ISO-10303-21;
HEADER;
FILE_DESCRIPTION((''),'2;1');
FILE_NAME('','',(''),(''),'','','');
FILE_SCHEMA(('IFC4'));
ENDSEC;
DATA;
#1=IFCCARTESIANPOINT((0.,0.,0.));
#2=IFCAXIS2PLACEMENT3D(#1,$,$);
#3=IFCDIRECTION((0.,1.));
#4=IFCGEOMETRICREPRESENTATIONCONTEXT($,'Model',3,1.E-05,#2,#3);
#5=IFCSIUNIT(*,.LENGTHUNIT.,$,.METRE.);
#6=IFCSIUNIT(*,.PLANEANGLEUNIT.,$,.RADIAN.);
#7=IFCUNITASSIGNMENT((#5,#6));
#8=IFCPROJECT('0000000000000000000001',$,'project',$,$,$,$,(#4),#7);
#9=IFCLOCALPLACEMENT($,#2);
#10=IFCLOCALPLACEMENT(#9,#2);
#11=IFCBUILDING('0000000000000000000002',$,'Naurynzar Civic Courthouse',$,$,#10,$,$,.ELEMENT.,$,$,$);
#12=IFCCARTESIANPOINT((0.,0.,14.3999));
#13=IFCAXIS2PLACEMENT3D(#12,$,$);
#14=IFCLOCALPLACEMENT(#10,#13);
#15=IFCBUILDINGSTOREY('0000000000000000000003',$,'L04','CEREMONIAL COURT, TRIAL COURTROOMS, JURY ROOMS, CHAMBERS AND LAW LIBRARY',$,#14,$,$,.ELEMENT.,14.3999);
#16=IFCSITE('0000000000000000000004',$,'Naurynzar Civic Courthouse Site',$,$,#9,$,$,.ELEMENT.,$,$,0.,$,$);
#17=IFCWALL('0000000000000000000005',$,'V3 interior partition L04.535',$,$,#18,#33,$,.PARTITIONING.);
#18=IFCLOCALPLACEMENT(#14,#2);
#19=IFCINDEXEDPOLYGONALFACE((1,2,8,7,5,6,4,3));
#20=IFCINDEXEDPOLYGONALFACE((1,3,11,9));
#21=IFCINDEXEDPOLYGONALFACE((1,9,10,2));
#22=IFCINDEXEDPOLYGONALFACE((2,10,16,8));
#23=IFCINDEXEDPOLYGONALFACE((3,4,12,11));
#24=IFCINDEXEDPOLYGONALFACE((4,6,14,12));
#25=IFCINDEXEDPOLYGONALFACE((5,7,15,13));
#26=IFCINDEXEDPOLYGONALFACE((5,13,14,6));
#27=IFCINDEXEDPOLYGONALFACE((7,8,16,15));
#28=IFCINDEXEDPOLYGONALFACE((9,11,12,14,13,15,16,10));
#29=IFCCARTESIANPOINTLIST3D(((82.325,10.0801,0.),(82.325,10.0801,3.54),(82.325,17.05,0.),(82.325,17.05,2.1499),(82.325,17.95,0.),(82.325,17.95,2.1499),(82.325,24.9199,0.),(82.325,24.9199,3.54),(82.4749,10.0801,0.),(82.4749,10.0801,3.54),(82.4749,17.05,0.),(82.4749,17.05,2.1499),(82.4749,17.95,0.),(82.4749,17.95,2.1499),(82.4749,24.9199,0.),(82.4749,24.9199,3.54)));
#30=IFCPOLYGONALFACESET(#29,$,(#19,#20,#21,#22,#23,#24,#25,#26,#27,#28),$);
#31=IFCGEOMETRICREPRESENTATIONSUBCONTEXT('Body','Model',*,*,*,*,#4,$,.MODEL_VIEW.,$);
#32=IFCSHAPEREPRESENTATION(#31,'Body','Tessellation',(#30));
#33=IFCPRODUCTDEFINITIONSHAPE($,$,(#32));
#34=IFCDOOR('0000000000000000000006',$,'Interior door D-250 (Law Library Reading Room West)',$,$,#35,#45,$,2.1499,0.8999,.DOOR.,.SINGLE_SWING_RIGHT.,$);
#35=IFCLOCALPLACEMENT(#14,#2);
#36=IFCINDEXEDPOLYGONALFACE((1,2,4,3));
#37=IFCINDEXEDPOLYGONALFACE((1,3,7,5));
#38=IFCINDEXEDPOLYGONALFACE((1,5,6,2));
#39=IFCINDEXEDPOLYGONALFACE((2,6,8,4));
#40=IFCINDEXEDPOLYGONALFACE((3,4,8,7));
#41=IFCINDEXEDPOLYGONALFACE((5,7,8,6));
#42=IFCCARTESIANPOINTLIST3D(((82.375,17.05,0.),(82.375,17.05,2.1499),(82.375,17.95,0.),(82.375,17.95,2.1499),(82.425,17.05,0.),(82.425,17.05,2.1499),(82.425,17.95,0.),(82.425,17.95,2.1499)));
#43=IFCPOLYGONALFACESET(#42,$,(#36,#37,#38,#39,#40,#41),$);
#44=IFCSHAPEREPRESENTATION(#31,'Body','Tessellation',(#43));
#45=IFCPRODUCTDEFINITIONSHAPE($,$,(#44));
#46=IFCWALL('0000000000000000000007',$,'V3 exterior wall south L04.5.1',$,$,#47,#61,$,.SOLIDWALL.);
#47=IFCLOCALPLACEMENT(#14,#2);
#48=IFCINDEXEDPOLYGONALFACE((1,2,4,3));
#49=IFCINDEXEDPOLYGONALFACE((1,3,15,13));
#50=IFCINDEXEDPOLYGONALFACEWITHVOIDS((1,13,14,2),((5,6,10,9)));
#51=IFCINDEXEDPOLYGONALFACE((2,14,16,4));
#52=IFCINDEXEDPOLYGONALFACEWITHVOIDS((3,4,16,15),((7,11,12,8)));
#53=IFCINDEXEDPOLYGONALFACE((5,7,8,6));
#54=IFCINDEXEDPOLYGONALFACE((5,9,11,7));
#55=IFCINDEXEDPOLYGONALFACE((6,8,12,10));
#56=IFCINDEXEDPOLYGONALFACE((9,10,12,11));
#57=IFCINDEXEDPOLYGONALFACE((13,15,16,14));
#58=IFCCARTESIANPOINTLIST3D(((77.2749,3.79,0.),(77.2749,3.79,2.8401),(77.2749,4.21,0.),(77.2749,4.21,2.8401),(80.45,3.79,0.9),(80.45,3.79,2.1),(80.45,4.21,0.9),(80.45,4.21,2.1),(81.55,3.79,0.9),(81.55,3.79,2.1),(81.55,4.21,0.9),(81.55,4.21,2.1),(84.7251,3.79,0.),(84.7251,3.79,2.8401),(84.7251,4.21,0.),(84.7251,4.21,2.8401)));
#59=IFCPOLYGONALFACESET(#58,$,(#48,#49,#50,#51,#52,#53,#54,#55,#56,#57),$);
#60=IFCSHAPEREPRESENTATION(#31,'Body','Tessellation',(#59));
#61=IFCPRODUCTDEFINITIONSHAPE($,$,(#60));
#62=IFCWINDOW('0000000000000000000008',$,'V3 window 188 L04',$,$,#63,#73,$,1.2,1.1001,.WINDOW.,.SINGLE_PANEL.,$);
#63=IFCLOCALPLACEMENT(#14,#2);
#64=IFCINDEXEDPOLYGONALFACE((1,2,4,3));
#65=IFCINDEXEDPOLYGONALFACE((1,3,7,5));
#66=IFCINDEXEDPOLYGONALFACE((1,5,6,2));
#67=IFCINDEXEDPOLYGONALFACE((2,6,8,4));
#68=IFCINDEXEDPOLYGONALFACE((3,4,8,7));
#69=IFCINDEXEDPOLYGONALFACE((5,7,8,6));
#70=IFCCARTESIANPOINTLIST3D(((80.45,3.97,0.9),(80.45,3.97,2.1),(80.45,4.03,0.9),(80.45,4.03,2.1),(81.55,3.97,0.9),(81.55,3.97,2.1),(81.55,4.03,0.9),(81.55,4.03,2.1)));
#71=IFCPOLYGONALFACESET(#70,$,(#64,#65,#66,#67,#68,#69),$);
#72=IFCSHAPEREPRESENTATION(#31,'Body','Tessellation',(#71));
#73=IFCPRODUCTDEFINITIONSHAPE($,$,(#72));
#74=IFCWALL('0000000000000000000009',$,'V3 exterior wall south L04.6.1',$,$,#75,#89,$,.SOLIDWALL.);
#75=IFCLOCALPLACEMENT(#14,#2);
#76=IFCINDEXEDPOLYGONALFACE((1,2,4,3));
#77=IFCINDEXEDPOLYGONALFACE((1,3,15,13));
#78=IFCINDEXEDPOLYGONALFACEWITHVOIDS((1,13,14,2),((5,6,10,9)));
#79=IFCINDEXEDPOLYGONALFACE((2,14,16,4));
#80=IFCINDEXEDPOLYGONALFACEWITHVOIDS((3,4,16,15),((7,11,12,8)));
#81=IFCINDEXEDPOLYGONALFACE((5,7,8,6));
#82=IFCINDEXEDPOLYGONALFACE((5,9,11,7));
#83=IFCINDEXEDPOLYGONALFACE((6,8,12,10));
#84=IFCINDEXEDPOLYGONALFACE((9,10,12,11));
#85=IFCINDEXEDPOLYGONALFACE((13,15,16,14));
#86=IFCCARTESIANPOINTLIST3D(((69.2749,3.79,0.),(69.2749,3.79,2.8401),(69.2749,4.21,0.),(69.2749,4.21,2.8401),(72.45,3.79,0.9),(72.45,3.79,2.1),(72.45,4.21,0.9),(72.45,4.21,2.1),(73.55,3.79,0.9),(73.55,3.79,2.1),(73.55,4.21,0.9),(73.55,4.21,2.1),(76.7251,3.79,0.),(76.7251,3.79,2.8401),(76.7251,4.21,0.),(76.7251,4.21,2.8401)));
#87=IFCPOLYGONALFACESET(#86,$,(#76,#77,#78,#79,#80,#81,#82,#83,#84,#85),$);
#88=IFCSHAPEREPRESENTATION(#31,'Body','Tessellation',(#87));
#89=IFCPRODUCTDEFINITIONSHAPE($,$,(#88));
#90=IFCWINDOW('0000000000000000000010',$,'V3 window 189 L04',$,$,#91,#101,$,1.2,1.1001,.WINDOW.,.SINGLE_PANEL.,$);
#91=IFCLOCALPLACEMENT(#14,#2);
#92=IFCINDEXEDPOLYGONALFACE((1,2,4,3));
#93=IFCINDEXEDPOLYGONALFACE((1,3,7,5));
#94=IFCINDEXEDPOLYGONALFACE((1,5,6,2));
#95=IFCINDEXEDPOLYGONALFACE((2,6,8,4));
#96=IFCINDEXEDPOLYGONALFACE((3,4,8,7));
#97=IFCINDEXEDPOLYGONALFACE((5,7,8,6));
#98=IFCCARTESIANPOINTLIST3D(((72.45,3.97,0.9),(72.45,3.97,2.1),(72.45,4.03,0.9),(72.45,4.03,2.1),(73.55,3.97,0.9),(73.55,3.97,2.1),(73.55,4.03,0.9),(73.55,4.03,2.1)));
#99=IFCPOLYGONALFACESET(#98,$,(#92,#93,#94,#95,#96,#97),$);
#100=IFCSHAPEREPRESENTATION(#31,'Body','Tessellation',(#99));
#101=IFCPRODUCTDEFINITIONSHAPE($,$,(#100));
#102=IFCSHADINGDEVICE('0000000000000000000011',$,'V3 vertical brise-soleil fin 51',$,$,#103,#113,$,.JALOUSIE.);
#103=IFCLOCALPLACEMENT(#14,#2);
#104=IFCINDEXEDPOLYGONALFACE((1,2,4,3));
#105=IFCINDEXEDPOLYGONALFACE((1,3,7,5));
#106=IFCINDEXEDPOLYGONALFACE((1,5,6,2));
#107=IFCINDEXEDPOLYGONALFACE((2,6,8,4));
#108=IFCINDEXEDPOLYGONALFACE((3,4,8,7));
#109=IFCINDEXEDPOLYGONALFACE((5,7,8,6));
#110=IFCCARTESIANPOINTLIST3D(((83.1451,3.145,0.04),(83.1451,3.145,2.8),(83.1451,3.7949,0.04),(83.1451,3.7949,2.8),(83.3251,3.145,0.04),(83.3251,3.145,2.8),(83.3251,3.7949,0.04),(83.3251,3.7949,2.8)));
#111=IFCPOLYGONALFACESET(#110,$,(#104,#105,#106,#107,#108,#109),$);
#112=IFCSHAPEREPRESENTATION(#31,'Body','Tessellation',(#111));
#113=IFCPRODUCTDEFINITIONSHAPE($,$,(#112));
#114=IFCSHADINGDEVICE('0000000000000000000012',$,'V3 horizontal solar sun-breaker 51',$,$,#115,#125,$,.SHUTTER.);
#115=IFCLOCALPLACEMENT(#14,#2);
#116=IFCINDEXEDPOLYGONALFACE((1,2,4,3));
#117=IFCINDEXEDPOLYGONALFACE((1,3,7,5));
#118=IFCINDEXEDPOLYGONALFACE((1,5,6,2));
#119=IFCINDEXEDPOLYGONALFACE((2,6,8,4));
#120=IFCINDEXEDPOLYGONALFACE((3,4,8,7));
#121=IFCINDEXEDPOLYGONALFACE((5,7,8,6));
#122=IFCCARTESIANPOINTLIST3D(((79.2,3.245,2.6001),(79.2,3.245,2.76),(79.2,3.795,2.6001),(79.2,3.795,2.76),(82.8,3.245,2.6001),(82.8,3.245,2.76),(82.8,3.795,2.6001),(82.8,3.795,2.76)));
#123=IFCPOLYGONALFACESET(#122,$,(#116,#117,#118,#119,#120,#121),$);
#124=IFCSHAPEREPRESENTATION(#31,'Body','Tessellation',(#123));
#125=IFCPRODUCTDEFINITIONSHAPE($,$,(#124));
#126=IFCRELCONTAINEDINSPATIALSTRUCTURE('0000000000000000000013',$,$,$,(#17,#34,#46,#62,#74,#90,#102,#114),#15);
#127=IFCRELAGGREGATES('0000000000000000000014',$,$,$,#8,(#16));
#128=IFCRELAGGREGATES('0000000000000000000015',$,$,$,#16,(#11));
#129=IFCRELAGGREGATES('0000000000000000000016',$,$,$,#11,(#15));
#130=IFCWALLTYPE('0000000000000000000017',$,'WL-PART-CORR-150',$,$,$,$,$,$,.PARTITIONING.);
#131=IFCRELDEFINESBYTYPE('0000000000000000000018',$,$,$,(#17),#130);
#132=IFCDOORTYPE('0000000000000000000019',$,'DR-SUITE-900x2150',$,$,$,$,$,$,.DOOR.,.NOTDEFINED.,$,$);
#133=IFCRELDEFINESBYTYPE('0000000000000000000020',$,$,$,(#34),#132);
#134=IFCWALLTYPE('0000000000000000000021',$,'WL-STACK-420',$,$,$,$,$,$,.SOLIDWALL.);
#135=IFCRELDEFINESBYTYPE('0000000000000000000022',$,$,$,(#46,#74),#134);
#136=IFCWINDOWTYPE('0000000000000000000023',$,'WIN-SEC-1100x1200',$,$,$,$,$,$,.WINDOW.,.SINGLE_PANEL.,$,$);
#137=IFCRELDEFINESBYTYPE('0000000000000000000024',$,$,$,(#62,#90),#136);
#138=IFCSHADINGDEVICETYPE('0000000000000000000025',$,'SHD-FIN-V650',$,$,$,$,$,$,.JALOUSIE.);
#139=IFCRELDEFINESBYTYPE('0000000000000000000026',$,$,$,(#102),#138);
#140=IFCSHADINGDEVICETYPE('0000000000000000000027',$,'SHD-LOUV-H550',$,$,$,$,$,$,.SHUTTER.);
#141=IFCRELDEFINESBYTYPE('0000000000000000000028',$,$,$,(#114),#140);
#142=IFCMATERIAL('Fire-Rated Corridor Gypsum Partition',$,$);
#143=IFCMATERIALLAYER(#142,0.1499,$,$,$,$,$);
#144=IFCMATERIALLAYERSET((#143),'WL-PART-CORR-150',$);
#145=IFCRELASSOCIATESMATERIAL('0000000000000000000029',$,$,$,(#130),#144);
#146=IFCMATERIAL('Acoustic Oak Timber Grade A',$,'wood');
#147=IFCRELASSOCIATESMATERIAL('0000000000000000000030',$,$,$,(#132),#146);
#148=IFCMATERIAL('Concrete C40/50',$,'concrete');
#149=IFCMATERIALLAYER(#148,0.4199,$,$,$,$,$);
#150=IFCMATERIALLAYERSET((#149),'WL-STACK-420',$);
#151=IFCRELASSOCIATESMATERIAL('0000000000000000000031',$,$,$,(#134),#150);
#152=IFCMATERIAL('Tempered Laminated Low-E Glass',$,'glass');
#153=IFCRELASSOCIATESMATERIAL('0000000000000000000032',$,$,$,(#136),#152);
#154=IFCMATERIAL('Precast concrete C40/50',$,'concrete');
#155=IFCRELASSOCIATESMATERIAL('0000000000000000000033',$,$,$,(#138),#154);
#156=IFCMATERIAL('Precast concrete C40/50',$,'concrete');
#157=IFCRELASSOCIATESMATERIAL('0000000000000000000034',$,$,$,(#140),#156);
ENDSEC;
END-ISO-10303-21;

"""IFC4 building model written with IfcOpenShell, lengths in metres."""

from ifc_helpers import new_model, si_unit, direction, frame, frame_2d, origin, origin_2d, place, context, subcontext, project, spatial, rectangle, extrude, material, layer, layer_set, type_object, element, fill, save


model = new_model("IFC4")

# Units and contexts
model_context = context("Model", 3, precision=1e-05, world=origin(), true_north=direction((0.0, 1.0)))
body_context = subcontext(model_context, "Body", "Model", "MODEL_VIEW")
ifc_project = project(units=[si_unit("LENGTHUNIT", "METRE"), si_unit("PLANEANGLEUNIT", "RADIAN")], contexts=[model_context])

# Site, building, storey
site_placement = place(None, origin())
site = spatial("IfcSite", under=ifc_project, at=site_placement, Name="Naurynzar Civic Courthouse Site", CompositionType="ELEMENT", RefElevation=0.0)
building_placement = place(site_placement, origin())
building = spatial("IfcBuilding", under=site, at=building_placement, Name="Naurynzar Civic Courthouse", CompositionType="ELEMENT")
storey_placement = place(building_placement, frame((0.0, 0.0, 14.3999)))
storey = spatial("IfcBuildingStorey", under=building, at=storey_placement, Name="L04", Description="CEREMONIAL COURT, TRIAL COURTROOMS, JURY ROOMS, CHAMBERS AND LAW LIBRARY", CompositionType="ELEMENT", Elevation=14.3999)

# Wall, opening, door
ifc_material_1 = material(Name="Fire-Rated Corridor Gypsum Partition")
ifc_layer_1 = layer(ifc_material_1, 0.1499)
ifc_layer_set_1 = layer_set([ifc_layer_1], Name="WL-PART-CORR-150")
wall_type_1 = type_object("IfcWallType", Name="WL-PART-CORR-150", PredefinedType="PARTITIONING", material=ifc_layer_set_1)
wall_1_placement = place(storey_placement, frame((82.3999, 10.0801, 0.0), z_axis=(0.0, 0.0, 1.0), x_axis=(0.0, 1.0, 0.0)))
wall_1 = element("IfcWall", 1, at=wall_1_placement, inside=storey, type_object=wall_type_1, Name="V3 interior partition L04.535", PredefinedType="PARTITIONING", context=body_context, shape_type="SweptSolid", body=[
    extrude(rectangle(XDim=14.8398, YDim=0.1499, at=frame_2d((7.4199, 0.0))), origin(), (0.0, 0.0, 1.0), 3.54),
])
opening_1_placement = place(wall_1_placement, frame((6.97, 0.0, 0.0)))
opening_1 = element("IfcOpeningElement", 2, at=opening_1_placement, cuts=wall_1, PredefinedType="OPENING", context=body_context, shape_type="SweptSolid", body=[
    extrude(rectangle(XDim=0.8999, YDim=2.1499, at=frame_2d((0.45, 1.075))), frame((0.0, 0.085, 0.0), z_axis=(0.0, -1.0, 0.0), x_axis=(1.0, 0.0, 0.0)), (0.0, 0.0, 1.0), 0.1699),
])
ifc_material_2 = material(Name="Acoustic Oak Timber Grade A", Category="wood")
door_type_1 = type_object("IfcDoorType", Name="DR-SUITE-900x2150", OperationType="NOTDEFINED", PredefinedType="DOOR", material=ifc_material_2)
door_1_placement = place(opening_1_placement, origin())
door_1 = element("IfcDoor", 3, at=door_1_placement, inside=storey, type_object=door_type_1, Name="Interior door D-250 (Law Library Reading Room West)", OperationType="SINGLE_SWING_RIGHT", OverallHeight=2.1499, OverallWidth=0.8999, PredefinedType="DOOR", context=body_context, shape_type="SweptSolid", body=[
    extrude(rectangle(XDim=0.8999, YDim=2.1499, at=frame_2d((0.45, 1.075))), frame((0.0, 0.0249, 0.0), z_axis=(0.0, -1.0, 0.0), x_axis=(1.0, 0.0, 0.0)), (0.0, 0.0, 1.0), 0.05),
])
fill(opening_1, door_1)

# Walls, openings, windows
ifc_material_3 = material(Name="Concrete C40/50", Category="concrete")
ifc_layer_2 = layer(ifc_material_3, 0.4199)
ifc_layer_set_2 = layer_set([ifc_layer_2], Name="WL-STACK-420")
wall_type_2 = type_object("IfcWallType", Name="WL-STACK-420", PredefinedType="SOLIDWALL", material=ifc_layer_set_2)
wall_2_placement = place(storey_placement, frame((84.7251, 4.0, 0.0), z_axis=(0.0, 0.0, 1.0), x_axis=(-1.0, 0.0, 0.0)))
wall_2 = element("IfcWall", 4, at=wall_2_placement, inside=storey, type_object=wall_type_2, Name="V3 exterior wall south L04.5.1", PredefinedType="SOLIDWALL", context=body_context, shape_type="SweptSolid", body=[
    extrude(rectangle(XDim=7.4502, YDim=0.4199, at=frame_2d((3.7251, 0.0))), origin(), (0.0, 0.0, 1.0), 2.8401),
])
opening_2_placement = place(wall_2_placement, frame((3.175, 0.0, 0.8999)))
opening_2 = element("IfcOpeningElement", 5, at=opening_2_placement, cuts=wall_2, PredefinedType="OPENING", context=body_context, shape_type="SweptSolid", body=[
    extrude(rectangle(XDim=1.1001, YDim=1.2, at=frame_2d((0.55, 0.6001))), frame((0.0, 0.22, 0.0), z_axis=(0.0, -1.0, 0.0), x_axis=(1.0, 0.0, 0.0)), (0.0, 0.0, 1.0), 0.4399),
])
ifc_material_4 = material(Name="Tempered Laminated Low-E Glass", Category="glass")
window_type = type_object("IfcWindowType", Name="WIN-SEC-1100x1200", PartitioningType="SINGLE_PANEL", PredefinedType="WINDOW", material=ifc_material_4)
window_1_placement = place(opening_2_placement, origin())
window_1 = element("IfcWindow", 6, at=window_1_placement, inside=storey, type_object=window_type, Name="V3 window 188 L04", OverallHeight=1.2, OverallWidth=1.1001, PartitioningType="SINGLE_PANEL", PredefinedType="WINDOW", context=body_context, shape_type="SweptSolid", body=[
    extrude(rectangle(XDim=1.1001, YDim=1.2, at=frame_2d((0.55, 0.6001))), frame((0.0, 0.03, 0.0), z_axis=(0.0, -1.0, 0.0), x_axis=(1.0, 0.0, 0.0)), (0.0, 0.0, 1.0), 0.0601),
])
fill(opening_2, window_1)
wall_3_placement = place(storey_placement, frame((76.7251, 4.0, 0.0), z_axis=(0.0, 0.0, 1.0), x_axis=(-1.0, 0.0, 0.0)))
wall_3 = element("IfcWall", 7, at=wall_3_placement, inside=storey, type_object=wall_type_2, Name="V3 exterior wall south L04.6.1", PredefinedType="SOLIDWALL", context=body_context, shape_type="SweptSolid", body=[
    extrude(rectangle(XDim=7.4502, YDim=0.4199, at=frame_2d((3.7251, 0.0))), origin(), (0.0, 0.0, 1.0), 2.8401),
])
opening_3_placement = place(wall_3_placement, frame((3.175, 0.0, 0.8999)))
opening_3 = element("IfcOpeningElement", 8, at=opening_3_placement, cuts=wall_3, PredefinedType="OPENING", context=body_context, shape_type="SweptSolid", body=[
    extrude(rectangle(XDim=1.1001, YDim=1.2, at=frame_2d((0.55, 0.6001))), frame((0.0, 0.22, 0.0), z_axis=(0.0, -1.0, 0.0), x_axis=(1.0, 0.0, 0.0)), (0.0, 0.0, 1.0), 0.4399),
])
window_2_placement = place(opening_3_placement, origin())
window_2 = element("IfcWindow", 9, at=window_2_placement, inside=storey, type_object=window_type, Name="V3 window 189 L04", OverallHeight=1.2, OverallWidth=1.1001, PartitioningType="SINGLE_PANEL", PredefinedType="WINDOW", context=body_context, shape_type="SweptSolid", body=[
    extrude(rectangle(XDim=1.1001, YDim=1.2, at=frame_2d((0.55, 0.6001))), frame((0.0, 0.03, 0.0), z_axis=(0.0, -1.0, 0.0), x_axis=(1.0, 0.0, 0.0)), (0.0, 0.0, 1.0), 0.0601),
])
fill(opening_3, window_2)

# Shading devices
ifc_material_5 = material(Name="Precast concrete C40/50", Category="concrete")
shading_device_type_1 = type_object("IfcShadingDeviceType", Name="SHD-FIN-V650", PredefinedType="JALOUSIE", material=ifc_material_5)
shading_device_1_placement = place(storey_placement, frame((83.2351, 3.47, 0.04), z_axis=(0.0, 0.0, 1.0), x_axis=(-1.0, 0.0, 0.0)))
element("IfcShadingDevice", 10, at=shading_device_1_placement, inside=storey, type_object=shading_device_type_1, Name="V3 vertical brise-soleil fin 51", PredefinedType="JALOUSIE", context=body_context, shape_type="SweptSolid", body=[
    extrude(rectangle(XDim=0.1799, YDim=0.6499, at=origin_2d()), origin(), (0.0, 0.0, 1.0), 2.76),
])
ifc_material_6 = material(Name="Precast concrete C40/50", Category="concrete")
shading_device_type_2 = type_object("IfcShadingDeviceType", Name="SHD-LOUV-H550", PredefinedType="SHUTTER", material=ifc_material_6)
shading_device_2_placement = place(storey_placement, frame((81.0, 3.52, 2.6001), z_axis=(0.0, 0.0, 1.0), x_axis=(-1.0, 0.0, 0.0)))
element("IfcShadingDevice", 11, at=shading_device_2_placement, inside=storey, type_object=shading_device_type_2, Name="V3 horizontal solar sun-breaker 51", PredefinedType="SHUTTER", context=body_context, shape_type="SweptSolid", body=[
    extrude(rectangle(XDim=3.6001, YDim=0.55, at=origin_2d()), origin(), (0.0, 0.0, 1.0), 0.1599),
])

save(model, "model.ifc")
